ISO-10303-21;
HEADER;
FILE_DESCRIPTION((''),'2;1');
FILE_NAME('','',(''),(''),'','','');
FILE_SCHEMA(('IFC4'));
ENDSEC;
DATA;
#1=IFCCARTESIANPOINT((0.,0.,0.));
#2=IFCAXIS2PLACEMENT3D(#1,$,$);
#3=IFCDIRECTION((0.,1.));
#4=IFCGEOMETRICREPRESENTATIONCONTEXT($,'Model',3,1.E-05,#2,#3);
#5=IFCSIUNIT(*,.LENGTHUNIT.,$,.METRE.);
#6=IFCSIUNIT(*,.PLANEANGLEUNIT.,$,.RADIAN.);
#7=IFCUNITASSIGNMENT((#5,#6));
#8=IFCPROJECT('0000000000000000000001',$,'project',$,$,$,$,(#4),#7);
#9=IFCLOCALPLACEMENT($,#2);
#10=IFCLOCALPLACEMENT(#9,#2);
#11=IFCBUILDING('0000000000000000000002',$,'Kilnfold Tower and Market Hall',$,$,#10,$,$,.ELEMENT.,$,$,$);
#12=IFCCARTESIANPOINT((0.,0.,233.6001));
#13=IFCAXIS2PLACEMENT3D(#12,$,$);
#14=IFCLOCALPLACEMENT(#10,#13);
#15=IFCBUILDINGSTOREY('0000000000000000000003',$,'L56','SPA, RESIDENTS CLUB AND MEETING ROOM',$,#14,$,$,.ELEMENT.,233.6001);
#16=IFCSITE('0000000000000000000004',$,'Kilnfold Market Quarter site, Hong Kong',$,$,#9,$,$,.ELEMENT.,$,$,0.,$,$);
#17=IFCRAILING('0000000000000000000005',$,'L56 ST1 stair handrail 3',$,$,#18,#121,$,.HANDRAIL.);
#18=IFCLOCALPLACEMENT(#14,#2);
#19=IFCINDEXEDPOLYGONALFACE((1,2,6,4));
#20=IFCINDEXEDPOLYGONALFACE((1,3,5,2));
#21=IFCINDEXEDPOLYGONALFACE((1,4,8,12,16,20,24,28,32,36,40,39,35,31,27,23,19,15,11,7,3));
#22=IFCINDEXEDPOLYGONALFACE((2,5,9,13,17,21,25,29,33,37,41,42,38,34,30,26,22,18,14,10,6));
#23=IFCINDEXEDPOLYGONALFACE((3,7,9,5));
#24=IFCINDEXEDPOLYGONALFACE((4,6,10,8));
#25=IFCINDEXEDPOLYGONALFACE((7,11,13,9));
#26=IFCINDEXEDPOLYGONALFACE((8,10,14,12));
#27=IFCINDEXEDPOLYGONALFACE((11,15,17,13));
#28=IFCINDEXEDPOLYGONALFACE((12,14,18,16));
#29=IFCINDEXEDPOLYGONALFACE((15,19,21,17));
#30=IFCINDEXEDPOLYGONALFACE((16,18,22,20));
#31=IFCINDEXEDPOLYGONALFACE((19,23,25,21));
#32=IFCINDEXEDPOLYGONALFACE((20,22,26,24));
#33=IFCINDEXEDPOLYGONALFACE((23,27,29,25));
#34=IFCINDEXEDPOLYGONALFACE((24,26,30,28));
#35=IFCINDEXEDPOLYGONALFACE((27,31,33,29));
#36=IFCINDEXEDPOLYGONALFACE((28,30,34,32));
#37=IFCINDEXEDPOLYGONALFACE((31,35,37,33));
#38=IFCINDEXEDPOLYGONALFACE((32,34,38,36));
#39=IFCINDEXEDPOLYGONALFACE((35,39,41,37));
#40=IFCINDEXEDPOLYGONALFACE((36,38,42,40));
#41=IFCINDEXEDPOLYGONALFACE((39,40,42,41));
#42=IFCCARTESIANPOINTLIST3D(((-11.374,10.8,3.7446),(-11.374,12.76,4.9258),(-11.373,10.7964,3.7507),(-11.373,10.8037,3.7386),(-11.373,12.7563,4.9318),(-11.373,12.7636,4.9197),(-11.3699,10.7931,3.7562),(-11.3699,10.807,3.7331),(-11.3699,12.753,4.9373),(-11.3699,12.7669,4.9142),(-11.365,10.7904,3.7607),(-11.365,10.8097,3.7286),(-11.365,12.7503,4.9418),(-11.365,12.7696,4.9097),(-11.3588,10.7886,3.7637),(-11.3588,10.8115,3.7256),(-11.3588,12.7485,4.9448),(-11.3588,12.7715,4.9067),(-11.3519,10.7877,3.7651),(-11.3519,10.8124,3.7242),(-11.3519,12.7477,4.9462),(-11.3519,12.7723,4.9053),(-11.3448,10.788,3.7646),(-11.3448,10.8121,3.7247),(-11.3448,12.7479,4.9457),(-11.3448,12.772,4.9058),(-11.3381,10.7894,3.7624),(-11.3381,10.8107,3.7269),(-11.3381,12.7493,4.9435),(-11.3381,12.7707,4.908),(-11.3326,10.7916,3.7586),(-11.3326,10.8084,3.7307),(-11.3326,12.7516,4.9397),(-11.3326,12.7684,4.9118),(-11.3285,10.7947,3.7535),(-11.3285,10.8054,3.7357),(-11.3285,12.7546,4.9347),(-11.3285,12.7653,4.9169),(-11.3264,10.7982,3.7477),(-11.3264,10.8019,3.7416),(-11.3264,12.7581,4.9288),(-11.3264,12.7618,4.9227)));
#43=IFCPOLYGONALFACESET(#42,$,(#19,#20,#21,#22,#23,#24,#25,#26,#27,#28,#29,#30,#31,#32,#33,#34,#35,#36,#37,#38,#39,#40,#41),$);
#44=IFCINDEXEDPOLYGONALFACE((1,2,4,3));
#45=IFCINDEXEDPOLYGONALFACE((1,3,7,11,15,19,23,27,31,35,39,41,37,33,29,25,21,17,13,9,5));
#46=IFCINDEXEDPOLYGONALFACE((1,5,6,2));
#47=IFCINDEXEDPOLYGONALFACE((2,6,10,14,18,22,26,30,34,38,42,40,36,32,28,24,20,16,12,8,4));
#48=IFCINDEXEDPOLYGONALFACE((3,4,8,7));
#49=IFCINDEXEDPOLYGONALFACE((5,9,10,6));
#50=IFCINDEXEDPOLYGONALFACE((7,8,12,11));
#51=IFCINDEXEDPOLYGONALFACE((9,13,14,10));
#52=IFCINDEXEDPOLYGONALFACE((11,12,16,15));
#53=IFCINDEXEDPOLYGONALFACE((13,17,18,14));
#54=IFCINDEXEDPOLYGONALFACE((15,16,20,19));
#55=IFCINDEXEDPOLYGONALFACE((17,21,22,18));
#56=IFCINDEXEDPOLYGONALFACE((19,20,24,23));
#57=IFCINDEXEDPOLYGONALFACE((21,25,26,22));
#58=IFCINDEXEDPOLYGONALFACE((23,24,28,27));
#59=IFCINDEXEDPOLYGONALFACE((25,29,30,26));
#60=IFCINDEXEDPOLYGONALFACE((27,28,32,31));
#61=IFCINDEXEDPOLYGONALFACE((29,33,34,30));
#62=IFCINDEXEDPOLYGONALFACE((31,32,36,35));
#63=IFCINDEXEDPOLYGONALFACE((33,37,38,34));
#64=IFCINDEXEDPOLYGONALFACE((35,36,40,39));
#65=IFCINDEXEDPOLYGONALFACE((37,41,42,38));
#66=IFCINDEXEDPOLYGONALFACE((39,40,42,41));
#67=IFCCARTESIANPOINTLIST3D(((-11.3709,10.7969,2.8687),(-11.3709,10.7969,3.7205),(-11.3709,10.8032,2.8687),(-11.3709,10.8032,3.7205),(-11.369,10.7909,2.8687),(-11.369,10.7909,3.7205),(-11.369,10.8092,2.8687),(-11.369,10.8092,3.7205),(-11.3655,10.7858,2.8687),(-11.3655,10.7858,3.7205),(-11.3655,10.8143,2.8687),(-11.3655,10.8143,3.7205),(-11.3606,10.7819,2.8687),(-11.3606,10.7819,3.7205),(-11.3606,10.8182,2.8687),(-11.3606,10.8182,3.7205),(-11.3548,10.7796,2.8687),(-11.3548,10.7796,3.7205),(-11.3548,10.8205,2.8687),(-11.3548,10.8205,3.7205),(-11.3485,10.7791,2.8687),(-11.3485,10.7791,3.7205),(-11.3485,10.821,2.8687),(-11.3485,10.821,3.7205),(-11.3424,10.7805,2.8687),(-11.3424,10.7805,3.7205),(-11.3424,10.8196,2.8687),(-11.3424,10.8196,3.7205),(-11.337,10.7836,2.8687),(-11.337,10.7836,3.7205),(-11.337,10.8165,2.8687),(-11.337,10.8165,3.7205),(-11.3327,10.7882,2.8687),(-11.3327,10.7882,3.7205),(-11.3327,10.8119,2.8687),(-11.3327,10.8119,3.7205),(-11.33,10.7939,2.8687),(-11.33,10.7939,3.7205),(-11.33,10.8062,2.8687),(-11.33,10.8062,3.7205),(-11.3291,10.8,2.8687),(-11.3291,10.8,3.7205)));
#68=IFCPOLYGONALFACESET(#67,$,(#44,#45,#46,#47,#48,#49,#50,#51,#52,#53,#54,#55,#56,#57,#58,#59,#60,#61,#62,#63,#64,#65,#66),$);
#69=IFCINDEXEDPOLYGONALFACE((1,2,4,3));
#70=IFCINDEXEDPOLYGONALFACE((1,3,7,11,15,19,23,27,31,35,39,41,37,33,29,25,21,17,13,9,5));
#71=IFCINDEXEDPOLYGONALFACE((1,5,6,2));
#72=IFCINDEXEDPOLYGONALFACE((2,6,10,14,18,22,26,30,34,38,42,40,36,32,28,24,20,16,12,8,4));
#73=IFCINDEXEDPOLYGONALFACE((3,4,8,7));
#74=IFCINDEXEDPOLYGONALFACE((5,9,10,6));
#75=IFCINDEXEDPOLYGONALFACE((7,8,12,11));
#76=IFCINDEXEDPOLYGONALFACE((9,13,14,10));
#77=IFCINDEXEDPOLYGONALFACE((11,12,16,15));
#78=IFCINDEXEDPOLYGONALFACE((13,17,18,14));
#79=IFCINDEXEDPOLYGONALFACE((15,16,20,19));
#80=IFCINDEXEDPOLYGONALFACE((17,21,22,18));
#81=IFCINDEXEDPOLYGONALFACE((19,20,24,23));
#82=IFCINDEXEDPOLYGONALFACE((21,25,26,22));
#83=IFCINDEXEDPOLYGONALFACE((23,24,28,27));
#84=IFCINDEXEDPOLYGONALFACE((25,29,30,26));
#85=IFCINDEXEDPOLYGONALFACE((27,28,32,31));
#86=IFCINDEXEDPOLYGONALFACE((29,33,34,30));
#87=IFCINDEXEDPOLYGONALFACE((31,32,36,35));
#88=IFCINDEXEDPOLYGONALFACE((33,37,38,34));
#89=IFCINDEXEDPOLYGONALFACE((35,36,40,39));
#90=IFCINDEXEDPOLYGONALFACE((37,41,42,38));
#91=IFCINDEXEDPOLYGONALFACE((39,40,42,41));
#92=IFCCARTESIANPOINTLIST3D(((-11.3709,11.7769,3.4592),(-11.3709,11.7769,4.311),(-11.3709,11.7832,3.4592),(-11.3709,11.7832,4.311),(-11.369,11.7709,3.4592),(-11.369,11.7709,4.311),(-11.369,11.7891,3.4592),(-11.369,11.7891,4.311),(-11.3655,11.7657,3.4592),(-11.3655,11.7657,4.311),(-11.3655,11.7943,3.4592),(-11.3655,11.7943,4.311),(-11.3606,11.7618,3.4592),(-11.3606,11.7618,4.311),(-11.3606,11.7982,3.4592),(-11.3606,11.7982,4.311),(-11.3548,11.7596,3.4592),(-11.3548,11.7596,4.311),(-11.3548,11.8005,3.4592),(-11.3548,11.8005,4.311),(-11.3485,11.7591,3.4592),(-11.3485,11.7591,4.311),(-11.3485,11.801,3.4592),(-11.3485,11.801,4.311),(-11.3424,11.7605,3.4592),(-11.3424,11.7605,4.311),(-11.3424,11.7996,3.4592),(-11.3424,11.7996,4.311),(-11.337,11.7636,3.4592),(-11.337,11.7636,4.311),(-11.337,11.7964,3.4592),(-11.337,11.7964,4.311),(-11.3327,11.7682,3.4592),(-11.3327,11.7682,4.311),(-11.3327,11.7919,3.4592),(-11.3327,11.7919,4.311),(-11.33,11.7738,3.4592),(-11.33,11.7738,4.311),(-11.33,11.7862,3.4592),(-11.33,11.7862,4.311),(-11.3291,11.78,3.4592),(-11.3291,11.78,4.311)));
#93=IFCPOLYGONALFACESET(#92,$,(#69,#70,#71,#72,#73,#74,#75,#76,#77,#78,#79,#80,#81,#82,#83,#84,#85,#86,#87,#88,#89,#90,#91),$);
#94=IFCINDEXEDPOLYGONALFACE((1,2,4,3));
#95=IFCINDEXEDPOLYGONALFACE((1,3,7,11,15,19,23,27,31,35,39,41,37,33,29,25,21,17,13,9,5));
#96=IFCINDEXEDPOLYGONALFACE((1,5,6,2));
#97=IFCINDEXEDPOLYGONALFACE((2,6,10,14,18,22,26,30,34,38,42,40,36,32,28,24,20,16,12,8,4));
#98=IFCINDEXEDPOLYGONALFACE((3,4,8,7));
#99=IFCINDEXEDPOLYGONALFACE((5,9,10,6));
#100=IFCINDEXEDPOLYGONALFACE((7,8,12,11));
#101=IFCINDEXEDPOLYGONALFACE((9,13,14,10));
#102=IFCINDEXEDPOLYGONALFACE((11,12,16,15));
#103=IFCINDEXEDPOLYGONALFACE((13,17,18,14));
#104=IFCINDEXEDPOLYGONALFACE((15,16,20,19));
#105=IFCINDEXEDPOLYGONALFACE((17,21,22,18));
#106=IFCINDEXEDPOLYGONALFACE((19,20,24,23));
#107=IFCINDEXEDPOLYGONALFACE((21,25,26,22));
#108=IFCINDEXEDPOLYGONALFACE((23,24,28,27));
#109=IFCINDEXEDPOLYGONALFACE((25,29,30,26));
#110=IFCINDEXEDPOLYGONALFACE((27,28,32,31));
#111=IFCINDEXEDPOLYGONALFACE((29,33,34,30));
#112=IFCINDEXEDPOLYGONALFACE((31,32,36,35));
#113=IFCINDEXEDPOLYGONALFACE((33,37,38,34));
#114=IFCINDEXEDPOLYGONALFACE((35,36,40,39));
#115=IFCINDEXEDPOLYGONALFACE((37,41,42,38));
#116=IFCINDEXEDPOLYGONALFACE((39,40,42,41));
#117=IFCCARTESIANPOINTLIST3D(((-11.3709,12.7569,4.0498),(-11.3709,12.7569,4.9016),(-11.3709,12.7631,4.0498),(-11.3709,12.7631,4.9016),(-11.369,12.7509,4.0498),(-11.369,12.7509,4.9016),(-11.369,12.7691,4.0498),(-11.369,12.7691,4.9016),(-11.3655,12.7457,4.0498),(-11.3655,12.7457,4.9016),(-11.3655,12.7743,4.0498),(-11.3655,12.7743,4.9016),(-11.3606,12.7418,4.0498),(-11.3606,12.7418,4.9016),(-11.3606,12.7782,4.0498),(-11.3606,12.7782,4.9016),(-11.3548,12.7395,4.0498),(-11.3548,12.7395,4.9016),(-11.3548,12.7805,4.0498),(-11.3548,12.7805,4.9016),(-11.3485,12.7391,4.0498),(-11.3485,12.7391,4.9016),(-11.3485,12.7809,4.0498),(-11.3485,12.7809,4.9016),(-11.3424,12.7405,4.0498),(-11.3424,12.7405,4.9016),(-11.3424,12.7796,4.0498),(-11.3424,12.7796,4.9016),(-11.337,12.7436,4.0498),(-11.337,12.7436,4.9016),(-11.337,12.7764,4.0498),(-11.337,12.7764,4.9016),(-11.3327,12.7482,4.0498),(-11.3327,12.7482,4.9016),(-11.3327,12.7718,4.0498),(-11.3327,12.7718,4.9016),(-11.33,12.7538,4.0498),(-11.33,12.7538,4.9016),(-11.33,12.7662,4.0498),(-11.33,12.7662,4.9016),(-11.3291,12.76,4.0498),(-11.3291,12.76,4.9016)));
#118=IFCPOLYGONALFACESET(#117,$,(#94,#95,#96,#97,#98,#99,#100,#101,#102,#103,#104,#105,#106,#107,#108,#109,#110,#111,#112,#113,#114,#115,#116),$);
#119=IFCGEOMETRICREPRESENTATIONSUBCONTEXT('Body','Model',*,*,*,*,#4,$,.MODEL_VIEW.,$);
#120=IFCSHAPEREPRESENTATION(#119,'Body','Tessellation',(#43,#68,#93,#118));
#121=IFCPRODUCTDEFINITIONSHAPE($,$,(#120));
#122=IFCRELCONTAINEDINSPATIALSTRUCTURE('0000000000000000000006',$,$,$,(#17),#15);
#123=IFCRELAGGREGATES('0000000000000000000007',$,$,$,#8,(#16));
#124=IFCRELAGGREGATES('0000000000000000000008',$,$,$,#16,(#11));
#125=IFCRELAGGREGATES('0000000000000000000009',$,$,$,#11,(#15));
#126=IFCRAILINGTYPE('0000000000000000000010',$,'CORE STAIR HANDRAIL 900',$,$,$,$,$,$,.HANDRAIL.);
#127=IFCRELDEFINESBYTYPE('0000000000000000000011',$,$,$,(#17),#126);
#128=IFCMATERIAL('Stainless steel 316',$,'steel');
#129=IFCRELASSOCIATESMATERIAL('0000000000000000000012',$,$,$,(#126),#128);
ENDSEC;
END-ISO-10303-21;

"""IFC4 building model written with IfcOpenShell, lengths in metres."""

from ifc_helpers import new_model, si_unit, direction, frame, origin, origin_2d, place, context, subcontext, project, spatial, circle, extrude, material, type_object, element, save


model = new_model("IFC4")

# Units and contexts
model_context = context("Model", 3, precision=1e-05, world=origin(), true_north=direction((0.0, 1.0)))
body_context = subcontext(model_context, "Body", "Model", "MODEL_VIEW")
ifc_project = project(units=[si_unit("LENGTHUNIT", "METRE"), si_unit("PLANEANGLEUNIT", "RADIAN")], contexts=[model_context])

# Site, building, storey
site_placement = place(None, origin())
site = spatial("IfcSite", under=ifc_project, at=site_placement, Name="Kilnfold Market Quarter site, Hong Kong", CompositionType="ELEMENT", RefElevation=0.0)
building_placement = place(site_placement, origin())
building = spatial("IfcBuilding", under=site, at=building_placement, Name="Kilnfold Tower and Market Hall", CompositionType="ELEMENT")
storey_placement = place(building_placement, frame((0.0, 0.0, 233.6001)))
storey = spatial("IfcBuildingStorey", under=building, at=storey_placement, Name="L56", Description="SPA, RESIDENTS CLUB AND MEETING ROOM", CompositionType="ELEMENT", Elevation=233.6001)

# Railing
ifc_material_1 = material(Name="Stainless steel 316", Category="steel")
railing_type_1 = type_object("IfcRailingType", Name="CORE STAIR HANDRAIL 900", PredefinedType="HANDRAIL", material=ifc_material_1)
railing_1_placement = place(storey_placement, frame((-11.3501, 10.8, 2.8687)))
element("IfcRailing", 1, at=railing_1_placement, inside=storey, type_object=railing_type_1, Name="L56 ST1 stair handrail 3", PredefinedType="HANDRAIL", context=body_context, shape_type="SweptSolid", body=[
    extrude(circle(Radius=0.0239, at=origin_2d()), frame((0.0, 0.0, 0.876), z_axis=(0.0, 0.856493, 0.516158), x_axis=(-1.0, 0.0, 0.0)), (0.0, 0.0, 1.0), 2.2883),
    extrude(circle(Radius=0.021, at=origin_2d()), origin(), (0.0, 0.0, 1.0), 0.8518),
    extrude(circle(Radius=0.021, at=origin_2d()), frame((0.0, 0.98, 0.5906)), (0.0, 0.0, 1.0), 0.8518),
    extrude(circle(Radius=0.021, at=origin_2d()), frame((0.0, 1.96, 1.1812)), (0.0, 0.0, 1.0), 0.8518),
])

save(model, "model.ifc")
